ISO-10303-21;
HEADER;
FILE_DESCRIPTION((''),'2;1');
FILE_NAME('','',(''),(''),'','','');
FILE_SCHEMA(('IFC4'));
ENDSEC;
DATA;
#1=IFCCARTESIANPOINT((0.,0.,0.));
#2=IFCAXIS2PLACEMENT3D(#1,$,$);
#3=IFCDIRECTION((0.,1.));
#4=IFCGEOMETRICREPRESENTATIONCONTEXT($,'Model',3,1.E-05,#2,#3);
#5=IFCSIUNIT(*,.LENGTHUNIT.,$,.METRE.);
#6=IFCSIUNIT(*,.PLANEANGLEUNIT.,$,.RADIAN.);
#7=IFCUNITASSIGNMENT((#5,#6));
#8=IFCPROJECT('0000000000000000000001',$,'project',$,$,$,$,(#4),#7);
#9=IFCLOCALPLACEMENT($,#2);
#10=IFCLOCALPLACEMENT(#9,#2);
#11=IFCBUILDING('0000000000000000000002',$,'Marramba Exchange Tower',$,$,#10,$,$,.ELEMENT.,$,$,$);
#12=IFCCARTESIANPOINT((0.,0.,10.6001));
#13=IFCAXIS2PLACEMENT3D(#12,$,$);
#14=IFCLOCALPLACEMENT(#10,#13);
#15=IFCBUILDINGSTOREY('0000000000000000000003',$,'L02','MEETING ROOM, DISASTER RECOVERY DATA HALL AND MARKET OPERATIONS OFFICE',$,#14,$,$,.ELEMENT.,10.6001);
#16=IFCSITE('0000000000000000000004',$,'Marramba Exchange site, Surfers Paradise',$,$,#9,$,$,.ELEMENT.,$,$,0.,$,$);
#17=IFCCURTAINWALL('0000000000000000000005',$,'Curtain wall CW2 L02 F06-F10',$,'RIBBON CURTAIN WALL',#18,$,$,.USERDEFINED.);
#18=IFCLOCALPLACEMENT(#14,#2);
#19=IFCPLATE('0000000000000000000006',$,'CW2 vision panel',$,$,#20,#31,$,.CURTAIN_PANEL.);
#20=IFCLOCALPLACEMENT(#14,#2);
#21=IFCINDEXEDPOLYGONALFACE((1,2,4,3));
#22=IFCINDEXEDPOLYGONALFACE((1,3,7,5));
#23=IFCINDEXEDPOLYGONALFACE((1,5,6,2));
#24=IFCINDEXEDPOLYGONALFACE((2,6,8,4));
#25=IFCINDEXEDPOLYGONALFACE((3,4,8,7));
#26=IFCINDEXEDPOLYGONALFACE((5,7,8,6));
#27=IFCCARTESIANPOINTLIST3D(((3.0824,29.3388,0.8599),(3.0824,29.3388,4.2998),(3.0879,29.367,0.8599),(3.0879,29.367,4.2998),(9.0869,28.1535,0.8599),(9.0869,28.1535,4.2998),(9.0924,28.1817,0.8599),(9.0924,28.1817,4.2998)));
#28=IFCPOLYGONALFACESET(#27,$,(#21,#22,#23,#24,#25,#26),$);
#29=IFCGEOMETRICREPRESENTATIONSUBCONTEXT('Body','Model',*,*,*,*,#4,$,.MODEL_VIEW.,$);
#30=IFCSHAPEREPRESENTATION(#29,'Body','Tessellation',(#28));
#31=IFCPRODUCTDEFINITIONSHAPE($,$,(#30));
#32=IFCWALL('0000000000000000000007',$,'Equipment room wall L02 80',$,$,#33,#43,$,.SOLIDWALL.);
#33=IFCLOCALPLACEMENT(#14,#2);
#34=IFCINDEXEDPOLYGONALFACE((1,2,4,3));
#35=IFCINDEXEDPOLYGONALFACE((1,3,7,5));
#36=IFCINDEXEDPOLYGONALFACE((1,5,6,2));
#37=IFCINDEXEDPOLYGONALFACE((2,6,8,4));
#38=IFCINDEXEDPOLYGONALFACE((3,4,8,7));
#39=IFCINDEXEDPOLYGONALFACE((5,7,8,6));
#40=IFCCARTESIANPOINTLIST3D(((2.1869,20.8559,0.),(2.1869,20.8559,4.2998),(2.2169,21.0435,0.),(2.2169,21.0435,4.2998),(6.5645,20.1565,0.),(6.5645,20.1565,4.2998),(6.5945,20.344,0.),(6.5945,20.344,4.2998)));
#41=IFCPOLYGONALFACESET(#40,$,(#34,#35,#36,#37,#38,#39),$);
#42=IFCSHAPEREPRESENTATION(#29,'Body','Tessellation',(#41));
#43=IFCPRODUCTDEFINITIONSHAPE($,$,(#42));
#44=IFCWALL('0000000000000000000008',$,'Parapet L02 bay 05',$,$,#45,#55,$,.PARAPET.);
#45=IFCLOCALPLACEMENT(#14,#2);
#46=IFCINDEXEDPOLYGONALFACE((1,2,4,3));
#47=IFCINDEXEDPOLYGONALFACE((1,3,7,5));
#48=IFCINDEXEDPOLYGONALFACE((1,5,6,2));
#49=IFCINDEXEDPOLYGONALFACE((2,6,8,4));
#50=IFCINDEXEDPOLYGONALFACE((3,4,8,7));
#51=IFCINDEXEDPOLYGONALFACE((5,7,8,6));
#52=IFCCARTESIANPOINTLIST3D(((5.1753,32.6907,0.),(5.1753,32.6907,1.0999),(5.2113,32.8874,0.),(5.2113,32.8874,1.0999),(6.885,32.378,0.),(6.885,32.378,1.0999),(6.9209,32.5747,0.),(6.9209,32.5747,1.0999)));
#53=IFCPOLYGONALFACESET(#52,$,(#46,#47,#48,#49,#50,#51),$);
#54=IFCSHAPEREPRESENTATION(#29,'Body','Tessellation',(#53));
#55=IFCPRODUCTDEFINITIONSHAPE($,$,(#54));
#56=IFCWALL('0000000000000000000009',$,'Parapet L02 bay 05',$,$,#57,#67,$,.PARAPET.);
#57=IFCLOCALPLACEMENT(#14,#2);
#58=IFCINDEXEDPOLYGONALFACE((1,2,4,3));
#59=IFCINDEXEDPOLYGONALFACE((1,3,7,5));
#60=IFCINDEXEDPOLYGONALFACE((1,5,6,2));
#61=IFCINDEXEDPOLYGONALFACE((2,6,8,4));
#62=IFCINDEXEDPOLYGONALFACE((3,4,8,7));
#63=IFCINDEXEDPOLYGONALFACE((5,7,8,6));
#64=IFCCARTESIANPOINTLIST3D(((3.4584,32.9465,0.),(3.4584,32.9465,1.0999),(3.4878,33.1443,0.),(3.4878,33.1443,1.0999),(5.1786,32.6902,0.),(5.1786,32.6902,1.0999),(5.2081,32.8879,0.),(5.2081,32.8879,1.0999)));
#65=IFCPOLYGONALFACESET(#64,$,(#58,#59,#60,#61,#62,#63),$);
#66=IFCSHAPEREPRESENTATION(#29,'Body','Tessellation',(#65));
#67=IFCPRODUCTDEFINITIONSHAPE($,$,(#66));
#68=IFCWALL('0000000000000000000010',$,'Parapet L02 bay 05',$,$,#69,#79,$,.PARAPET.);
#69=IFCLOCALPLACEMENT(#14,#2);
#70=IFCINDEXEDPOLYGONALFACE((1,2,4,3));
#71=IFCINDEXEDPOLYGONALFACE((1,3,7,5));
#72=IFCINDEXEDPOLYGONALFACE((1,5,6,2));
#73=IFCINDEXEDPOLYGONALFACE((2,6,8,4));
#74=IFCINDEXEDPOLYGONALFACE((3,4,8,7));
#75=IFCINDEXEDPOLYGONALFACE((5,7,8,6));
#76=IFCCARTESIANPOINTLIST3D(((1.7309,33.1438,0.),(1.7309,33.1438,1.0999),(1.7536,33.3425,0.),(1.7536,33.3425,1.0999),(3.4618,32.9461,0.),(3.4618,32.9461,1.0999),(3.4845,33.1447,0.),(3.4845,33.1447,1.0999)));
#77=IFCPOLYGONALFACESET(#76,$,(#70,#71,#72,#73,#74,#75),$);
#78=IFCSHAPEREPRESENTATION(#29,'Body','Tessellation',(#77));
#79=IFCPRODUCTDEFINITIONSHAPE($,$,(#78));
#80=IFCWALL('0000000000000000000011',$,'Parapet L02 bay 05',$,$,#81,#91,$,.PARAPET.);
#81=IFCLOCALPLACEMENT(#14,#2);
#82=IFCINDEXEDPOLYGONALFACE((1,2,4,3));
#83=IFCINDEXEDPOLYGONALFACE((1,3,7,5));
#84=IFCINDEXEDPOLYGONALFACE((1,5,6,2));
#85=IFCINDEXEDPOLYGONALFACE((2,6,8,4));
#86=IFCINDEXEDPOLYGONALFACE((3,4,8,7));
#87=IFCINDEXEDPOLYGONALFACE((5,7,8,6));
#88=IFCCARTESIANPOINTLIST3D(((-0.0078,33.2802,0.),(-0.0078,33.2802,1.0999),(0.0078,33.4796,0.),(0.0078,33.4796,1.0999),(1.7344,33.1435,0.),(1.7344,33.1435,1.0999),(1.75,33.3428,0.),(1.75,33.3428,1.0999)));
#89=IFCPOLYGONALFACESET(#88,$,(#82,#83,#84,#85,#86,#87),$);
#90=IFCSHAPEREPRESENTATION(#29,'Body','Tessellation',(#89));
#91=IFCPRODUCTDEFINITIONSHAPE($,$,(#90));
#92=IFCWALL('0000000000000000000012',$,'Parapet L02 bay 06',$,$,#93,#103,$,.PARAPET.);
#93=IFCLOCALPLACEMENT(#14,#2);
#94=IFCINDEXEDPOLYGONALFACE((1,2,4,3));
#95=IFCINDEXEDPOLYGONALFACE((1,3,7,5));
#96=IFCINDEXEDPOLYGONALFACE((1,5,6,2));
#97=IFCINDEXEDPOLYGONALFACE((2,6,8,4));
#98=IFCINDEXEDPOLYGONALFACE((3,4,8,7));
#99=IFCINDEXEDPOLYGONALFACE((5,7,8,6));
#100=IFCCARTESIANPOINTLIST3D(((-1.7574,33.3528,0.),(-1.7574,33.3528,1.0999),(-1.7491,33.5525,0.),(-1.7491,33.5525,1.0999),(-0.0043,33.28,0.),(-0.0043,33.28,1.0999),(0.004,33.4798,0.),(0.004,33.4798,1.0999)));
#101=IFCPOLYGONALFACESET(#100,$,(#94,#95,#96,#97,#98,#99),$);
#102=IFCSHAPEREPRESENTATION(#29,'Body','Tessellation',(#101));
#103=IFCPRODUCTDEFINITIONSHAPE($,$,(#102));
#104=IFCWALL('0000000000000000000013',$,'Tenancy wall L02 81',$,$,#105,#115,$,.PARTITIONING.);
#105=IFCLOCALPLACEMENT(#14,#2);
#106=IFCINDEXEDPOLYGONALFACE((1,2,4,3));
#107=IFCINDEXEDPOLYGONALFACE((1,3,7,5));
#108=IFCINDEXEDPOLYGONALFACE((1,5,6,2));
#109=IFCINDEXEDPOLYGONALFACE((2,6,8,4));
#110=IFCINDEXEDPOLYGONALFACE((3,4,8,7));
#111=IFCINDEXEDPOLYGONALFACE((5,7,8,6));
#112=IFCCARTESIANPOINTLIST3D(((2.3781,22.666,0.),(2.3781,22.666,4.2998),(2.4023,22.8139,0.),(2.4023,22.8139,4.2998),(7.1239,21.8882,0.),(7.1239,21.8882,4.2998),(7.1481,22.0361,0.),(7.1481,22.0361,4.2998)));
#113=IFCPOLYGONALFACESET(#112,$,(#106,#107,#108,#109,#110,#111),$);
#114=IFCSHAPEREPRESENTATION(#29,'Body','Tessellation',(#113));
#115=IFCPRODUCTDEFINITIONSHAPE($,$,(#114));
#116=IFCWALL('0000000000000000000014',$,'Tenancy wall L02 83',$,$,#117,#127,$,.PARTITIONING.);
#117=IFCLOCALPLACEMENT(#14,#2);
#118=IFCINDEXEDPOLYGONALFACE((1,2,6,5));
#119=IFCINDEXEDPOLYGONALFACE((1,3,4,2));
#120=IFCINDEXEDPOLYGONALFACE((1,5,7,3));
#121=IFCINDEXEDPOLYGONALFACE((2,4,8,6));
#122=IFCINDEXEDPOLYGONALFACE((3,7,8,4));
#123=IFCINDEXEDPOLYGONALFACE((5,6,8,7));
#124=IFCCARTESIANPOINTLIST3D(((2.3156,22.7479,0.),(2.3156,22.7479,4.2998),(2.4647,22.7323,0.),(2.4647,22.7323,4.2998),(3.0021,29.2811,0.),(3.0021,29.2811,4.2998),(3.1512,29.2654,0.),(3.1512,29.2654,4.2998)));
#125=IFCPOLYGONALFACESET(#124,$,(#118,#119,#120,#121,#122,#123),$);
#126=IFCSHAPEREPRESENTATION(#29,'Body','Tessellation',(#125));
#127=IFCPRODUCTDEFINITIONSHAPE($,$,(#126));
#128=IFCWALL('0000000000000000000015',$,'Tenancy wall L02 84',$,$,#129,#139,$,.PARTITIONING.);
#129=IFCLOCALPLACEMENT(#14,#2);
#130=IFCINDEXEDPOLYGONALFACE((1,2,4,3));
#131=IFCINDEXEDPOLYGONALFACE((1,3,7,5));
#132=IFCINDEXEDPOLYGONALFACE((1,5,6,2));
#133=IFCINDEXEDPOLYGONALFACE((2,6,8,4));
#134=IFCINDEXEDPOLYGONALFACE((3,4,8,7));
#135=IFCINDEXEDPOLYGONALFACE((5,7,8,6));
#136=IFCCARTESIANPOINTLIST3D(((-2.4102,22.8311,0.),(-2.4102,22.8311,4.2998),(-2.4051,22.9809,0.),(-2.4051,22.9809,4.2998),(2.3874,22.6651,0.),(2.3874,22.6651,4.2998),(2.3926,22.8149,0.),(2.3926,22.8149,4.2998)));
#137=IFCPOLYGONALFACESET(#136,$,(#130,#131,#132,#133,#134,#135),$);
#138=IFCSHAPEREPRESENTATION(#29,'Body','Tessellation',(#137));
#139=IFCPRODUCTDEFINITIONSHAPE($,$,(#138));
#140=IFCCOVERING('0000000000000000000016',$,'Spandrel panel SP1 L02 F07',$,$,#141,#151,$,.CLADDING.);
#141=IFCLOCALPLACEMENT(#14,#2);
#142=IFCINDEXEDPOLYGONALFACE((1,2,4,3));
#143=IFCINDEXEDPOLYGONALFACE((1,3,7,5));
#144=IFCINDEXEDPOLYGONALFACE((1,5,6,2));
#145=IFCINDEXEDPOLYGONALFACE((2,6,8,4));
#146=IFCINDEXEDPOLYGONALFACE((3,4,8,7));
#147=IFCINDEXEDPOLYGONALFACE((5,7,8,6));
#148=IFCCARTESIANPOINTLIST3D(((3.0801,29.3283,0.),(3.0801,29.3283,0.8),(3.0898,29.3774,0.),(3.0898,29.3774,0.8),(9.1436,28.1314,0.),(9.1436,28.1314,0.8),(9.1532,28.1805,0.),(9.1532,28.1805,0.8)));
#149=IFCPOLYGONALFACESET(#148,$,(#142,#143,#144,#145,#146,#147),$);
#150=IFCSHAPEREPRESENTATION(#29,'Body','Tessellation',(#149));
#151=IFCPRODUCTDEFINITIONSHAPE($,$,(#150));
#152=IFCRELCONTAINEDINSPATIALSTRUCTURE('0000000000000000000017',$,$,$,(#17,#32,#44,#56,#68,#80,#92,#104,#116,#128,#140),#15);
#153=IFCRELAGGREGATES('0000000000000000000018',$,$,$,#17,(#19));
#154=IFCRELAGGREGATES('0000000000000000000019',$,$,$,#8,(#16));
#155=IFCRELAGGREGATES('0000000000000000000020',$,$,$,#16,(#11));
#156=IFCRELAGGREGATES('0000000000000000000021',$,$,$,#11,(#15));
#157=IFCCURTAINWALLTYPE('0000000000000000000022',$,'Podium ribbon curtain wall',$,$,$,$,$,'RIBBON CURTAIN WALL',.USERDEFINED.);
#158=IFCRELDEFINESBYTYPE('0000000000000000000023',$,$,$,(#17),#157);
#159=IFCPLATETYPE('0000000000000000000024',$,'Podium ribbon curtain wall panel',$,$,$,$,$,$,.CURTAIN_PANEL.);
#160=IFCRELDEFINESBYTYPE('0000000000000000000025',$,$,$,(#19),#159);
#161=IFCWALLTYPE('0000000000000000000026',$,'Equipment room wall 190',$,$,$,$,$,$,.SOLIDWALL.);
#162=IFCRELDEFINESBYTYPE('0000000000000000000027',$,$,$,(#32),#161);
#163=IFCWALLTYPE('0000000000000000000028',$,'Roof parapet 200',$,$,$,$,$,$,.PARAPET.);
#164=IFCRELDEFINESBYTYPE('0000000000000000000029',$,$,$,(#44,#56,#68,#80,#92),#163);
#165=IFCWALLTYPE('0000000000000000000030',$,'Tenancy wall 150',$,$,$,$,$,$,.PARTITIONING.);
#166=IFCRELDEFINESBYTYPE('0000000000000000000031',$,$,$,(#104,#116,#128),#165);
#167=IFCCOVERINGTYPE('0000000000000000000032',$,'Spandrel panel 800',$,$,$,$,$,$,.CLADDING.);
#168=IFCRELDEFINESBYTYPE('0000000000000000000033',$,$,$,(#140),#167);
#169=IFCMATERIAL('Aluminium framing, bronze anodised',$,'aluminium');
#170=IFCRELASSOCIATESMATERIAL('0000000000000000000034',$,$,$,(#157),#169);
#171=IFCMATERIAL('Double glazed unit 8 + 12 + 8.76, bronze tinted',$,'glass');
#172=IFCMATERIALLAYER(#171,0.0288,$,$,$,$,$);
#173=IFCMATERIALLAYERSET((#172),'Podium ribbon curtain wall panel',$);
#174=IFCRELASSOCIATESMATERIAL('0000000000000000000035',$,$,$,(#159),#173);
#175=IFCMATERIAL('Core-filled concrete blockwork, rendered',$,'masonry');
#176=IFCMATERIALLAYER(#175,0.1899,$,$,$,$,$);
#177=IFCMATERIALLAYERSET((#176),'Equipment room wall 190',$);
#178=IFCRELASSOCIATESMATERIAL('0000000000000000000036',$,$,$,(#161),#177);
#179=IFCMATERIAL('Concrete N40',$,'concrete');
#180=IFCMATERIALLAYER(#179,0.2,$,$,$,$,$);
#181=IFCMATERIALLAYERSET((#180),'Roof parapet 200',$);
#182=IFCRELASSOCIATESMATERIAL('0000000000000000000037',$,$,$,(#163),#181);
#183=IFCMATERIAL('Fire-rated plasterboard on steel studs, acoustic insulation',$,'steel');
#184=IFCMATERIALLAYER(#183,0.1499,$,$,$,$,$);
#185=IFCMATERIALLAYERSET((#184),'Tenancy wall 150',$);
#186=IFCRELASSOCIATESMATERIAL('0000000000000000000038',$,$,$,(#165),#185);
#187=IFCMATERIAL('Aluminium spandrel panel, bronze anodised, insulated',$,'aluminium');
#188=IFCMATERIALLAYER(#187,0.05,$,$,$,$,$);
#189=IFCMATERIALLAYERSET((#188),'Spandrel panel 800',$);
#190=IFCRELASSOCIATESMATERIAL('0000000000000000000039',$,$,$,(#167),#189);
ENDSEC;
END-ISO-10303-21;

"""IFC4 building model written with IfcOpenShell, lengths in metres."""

from ifc_helpers import new_model, si_unit, direction, frame, frame_2d, origin, origin_2d, place, context, subcontext, project, spatial, rectangle, extrude, material, layer, layer_set, type_object, element, aggregate, save


model = new_model("IFC4")

# Units and contexts
model_context = context("Model", 3, precision=1e-05, world=origin(), true_north=direction((0.0, 1.0)))
body_context = subcontext(model_context, "Body", "Model", "MODEL_VIEW")
ifc_project = project(units=[si_unit("LENGTHUNIT", "METRE"), si_unit("PLANEANGLEUNIT", "RADIAN")], contexts=[model_context])

# Site, building, storey
site_placement = place(None, origin())
site = spatial("IfcSite", under=ifc_project, at=site_placement, Name="Marramba Exchange site, Surfers Paradise", CompositionType="ELEMENT", RefElevation=0.0)
building_placement = place(site_placement, origin())
building = spatial("IfcBuilding", under=site, at=building_placement, Name="Marramba Exchange Tower", CompositionType="ELEMENT")
storey_placement = place(building_placement, frame((0.0, 0.0, 10.6001)))
storey = spatial("IfcBuildingStorey", under=building, at=storey_placement, Name="L02", Description="MEETING ROOM, DISASTER RECOVERY DATA HALL AND MARKET OPERATIONS OFFICE", CompositionType="ELEMENT", Elevation=10.6001)

# Curtain wall
ifc_material_1 = material(Name="Aluminium framing, bronze anodised", Category="aluminium")
curtain_wall_type = type_object("IfcCurtainWallType", Name="Podium ribbon curtain wall", ElementType="RIBBON CURTAIN WALL", PredefinedType="USERDEFINED", material=ifc_material_1)
curtain_wall_placement = place(storey_placement, origin())
curtain_wall = element("IfcCurtainWall", 1, at=curtain_wall_placement, inside=storey, type_object=curtain_wall_type, Name="Curtain wall CW2 L02 F06-F10", ObjectType="RIBBON CURTAIN WALL", PredefinedType="USERDEFINED")

# Plate
ifc_material_2 = material(Name="Double glazed unit 8 + 12 + 8.76, bronze tinted", Category="glass")
ifc_layer_1 = layer(ifc_material_2, 0.0288)
ifc_layer_set_1 = layer_set([ifc_layer_1], Name="Podium ribbon curtain wall panel")
plate_type = type_object("IfcPlateType", Name="Podium ribbon curtain wall panel", PredefinedType="CURTAIN_PANEL", material=ifc_layer_set_1)
plate_placement = place(storey_placement, frame((6.0874, 28.7603, 0.8599), z_axis=(0.0, 0.0, 1.0), x_axis=(-0.981067, 0.193668, 0.0)))
plate = element("IfcPlate", 2, at=plate_placement, type_object=plate_type, Name="CW2 vision panel", PredefinedType="CURTAIN_PANEL", context=body_context, shape_type="SweptSolid", body=[
    extrude(rectangle(XDim=6.1204, YDim=0.0288, at=origin_2d()), origin(), (0.0, 0.0, 1.0), 3.4399),
])
aggregate(curtain_wall, [plate])

# Walls
ifc_material_3 = material(Name="Core-filled concrete blockwork, rendered", Category="masonry")
ifc_layer_2 = layer(ifc_material_3, 0.1899)
ifc_layer_set_2 = layer_set([ifc_layer_2], Name="Equipment room wall 190")
wall_type_1 = type_object("IfcWallType", Name="Equipment room wall 190", PredefinedType="SOLIDWALL", material=ifc_layer_set_2)
wall_1_placement = place(storey_placement, frame((2.2019, 20.9497, 0.0), z_axis=(0.0, 0.0, 1.0), x_axis=(0.987475, -0.157778, 0.0)))
element("IfcWall", 3, at=wall_1_placement, inside=storey, type_object=wall_type_1, Name="Equipment room wall L02 80", PredefinedType="SOLIDWALL", context=body_context, shape_type="SweptSolid", body=[
    extrude(rectangle(XDim=4.4331, YDim=0.1899, at=frame_2d((2.2166, 0.0))), origin(), (0.0, 0.0, 1.0), 4.2998),
])
ifc_material_4 = material(Name="Concrete N40", Category="concrete")
ifc_layer_3 = layer(ifc_material_4, 0.2)
ifc_layer_set_3 = layer_set([ifc_layer_3], Name="Roof parapet 200")
wall_type_2 = type_object("IfcWallType", Name="Roof parapet 200", PredefinedType="PARAPET", material=ifc_layer_set_3)
wall_2_placement = place(storey_placement, frame((6.9031, 32.4763, 0.0), z_axis=(0.0, 0.0, 1.0), x_axis=(-0.983678, 0.179936, 0.0)))
element("IfcWall", 4, at=wall_2_placement, inside=storey, type_object=wall_type_2, Name="Parapet L02 bay 05", PredefinedType="PARAPET", context=body_context, shape_type="SweptSolid", body=[
    extrude(rectangle(XDim=1.738, YDim=0.2, at=frame_2d((0.8691, 0.0))), origin(), (0.0, 0.0, 1.0), 1.0999),
])
wall_3_placement = place(storey_placement, frame((5.1934, 32.7891, 0.0), z_axis=(0.0, 0.0, 1.0), x_axis=(-0.989078, 0.147393, 0.0)))
element("IfcWall", 5, at=wall_3_placement, inside=storey, type_object=wall_type_2, Name="Parapet L02 bay 05", PredefinedType="PARAPET", context=body_context, shape_type="SweptSolid", body=[
    extrude(rectangle(XDim=1.7393, YDim=0.2, at=frame_2d((0.8696, 0.0))), origin(), (0.0, 0.0, 1.0), 1.0999),
])
wall_4_placement = place(storey_placement, frame((3.4731, 33.0454, 0.0), z_axis=(0.0, 0.0, 1.0), x_axis=(-0.993537, 0.113507, 0.0)))
element("IfcWall", 6, at=wall_4_placement, inside=storey, type_object=wall_type_2, Name="Parapet L02 bay 05", PredefinedType="PARAPET", context=body_context, shape_type="SweptSolid", body=[
    extrude(rectangle(XDim=1.7422, YDim=0.2, at=frame_2d((0.8711, 0.0))), origin(), (0.0, 0.0, 1.0), 1.0999),
])
wall_5_placement = place(storey_placement, frame((1.7422, 33.2432, 0.0), z_axis=(0.0, 0.0, 1.0), x_axis=(-0.996935, 0.078235, 0.0)))
element("IfcWall", 7, at=wall_5_placement, inside=storey, type_object=wall_type_2, Name="Parapet L02 bay 05", PredefinedType="PARAPET", context=body_context, shape_type="SweptSolid", body=[
    extrude(rectangle(XDim=1.7476, YDim=0.2, at=frame_2d((0.8738, 0.0))), origin(), (0.0, 0.0, 1.0), 1.0999),
])
wall_6_placement = place(storey_placement, frame((0.0, 33.3799, 0.0), z_axis=(0.0, 0.0, 1.0), x_axis=(-0.99914, 0.041463, 0.0)))
element("IfcWall", 8, at=wall_6_placement, inside=storey, type_object=wall_type_2, Name="Parapet L02 bay 06", PredefinedType="PARAPET", context=body_context, shape_type="SweptSolid", body=[
    extrude(rectangle(XDim=1.7546, YDim=0.2, at=frame_2d((0.8774, 0.0))), origin(), (0.0, 0.0, 1.0), 1.0999),
])
ifc_material_5 = material(Name="Fire-rated plasterboard on steel studs, acoustic insulation", Category="steel")
ifc_layer_4 = layer(ifc_material_5, 0.1499)
ifc_layer_set_4 = layer_set([ifc_layer_4], Name="Tenancy wall 150")
wall_type_3 = type_object("IfcWallType", Name="Tenancy wall 150", PredefinedType="PARTITIONING", material=ifc_layer_set_4)
wall_7_placement = place(storey_placement, frame((7.136, 21.9622, 0.0), z_axis=(0.0, 0.0, 1.0), x_axis=(-0.986834, 0.161739, 0.0)))
element("IfcWall", 9, at=wall_7_placement, inside=storey, type_object=wall_type_3, Name="Tenancy wall L02 81", PredefinedType="PARTITIONING", context=body_context, shape_type="SweptSolid", body=[
    extrude(rectangle(XDim=4.8091, YDim=0.1499, at=frame_2d((2.4045, 0.0))), origin(), (0.0, 0.0, 1.0), 4.2998),
])
wall_8_placement = place(storey_placement, frame((2.3901, 22.74, 0.0), z_axis=(0.0, 0.0, 1.0), x_axis=(0.104507, 0.994524, 0.0)))
element("IfcWall", 10, at=wall_8_placement, inside=storey, type_object=wall_type_3, Name="Tenancy wall L02 83", PredefinedType="PARTITIONING", context=body_context, shape_type="SweptSolid", body=[
    extrude(rectangle(XDim=6.5691, YDim=0.1499, at=frame_2d((3.2847, 0.0))), origin(), (0.0, 0.0, 1.0), 4.2998),
])
wall_9_placement = place(storey_placement, frame((2.3901, 22.74, 0.0), z_axis=(0.0, 0.0, 1.0), x_axis=(-0.999402, 0.034583, 0.0)))
element("IfcWall", 11, at=wall_9_placement, inside=storey, type_object=wall_type_3, Name="Tenancy wall L02 84", PredefinedType="PARTITIONING", context=body_context, shape_type="SweptSolid", body=[
    extrude(rectangle(XDim=4.8005, YDim=0.1499, at=frame_2d((2.4004, 0.0))), origin(), (0.0, 0.0, 1.0), 4.2998),
])

# Covering
ifc_material_6 = material(Name="Aluminium spandrel panel, bronze anodised, insulated", Category="aluminium")
ifc_layer_5 = layer(ifc_material_6, 0.05)
ifc_layer_set_5 = layer_set([ifc_layer_5], Name="Spandrel panel 800")
covering_type = type_object("IfcCoveringType", Name="Spandrel panel 800", PredefinedType="CLADDING", material=ifc_layer_set_5)
covering_placement = place(storey_placement, frame((6.1167, 28.7544, 0.0), z_axis=(0.0, 0.0, 1.0), x_axis=(-0.981067, 0.193668, 0.0)))
element("IfcCovering", 12, at=covering_placement, inside=storey, type_object=covering_type, Name="Spandrel panel SP1 L02 F07", PredefinedType="CLADDING", context=body_context, shape_type="SweptSolid", body=[
    extrude(rectangle(XDim=6.1804, YDim=0.05, at=origin_2d()), origin(), (0.0, 0.0, 1.0), 0.8),
])

save(model, "model.ifc")
